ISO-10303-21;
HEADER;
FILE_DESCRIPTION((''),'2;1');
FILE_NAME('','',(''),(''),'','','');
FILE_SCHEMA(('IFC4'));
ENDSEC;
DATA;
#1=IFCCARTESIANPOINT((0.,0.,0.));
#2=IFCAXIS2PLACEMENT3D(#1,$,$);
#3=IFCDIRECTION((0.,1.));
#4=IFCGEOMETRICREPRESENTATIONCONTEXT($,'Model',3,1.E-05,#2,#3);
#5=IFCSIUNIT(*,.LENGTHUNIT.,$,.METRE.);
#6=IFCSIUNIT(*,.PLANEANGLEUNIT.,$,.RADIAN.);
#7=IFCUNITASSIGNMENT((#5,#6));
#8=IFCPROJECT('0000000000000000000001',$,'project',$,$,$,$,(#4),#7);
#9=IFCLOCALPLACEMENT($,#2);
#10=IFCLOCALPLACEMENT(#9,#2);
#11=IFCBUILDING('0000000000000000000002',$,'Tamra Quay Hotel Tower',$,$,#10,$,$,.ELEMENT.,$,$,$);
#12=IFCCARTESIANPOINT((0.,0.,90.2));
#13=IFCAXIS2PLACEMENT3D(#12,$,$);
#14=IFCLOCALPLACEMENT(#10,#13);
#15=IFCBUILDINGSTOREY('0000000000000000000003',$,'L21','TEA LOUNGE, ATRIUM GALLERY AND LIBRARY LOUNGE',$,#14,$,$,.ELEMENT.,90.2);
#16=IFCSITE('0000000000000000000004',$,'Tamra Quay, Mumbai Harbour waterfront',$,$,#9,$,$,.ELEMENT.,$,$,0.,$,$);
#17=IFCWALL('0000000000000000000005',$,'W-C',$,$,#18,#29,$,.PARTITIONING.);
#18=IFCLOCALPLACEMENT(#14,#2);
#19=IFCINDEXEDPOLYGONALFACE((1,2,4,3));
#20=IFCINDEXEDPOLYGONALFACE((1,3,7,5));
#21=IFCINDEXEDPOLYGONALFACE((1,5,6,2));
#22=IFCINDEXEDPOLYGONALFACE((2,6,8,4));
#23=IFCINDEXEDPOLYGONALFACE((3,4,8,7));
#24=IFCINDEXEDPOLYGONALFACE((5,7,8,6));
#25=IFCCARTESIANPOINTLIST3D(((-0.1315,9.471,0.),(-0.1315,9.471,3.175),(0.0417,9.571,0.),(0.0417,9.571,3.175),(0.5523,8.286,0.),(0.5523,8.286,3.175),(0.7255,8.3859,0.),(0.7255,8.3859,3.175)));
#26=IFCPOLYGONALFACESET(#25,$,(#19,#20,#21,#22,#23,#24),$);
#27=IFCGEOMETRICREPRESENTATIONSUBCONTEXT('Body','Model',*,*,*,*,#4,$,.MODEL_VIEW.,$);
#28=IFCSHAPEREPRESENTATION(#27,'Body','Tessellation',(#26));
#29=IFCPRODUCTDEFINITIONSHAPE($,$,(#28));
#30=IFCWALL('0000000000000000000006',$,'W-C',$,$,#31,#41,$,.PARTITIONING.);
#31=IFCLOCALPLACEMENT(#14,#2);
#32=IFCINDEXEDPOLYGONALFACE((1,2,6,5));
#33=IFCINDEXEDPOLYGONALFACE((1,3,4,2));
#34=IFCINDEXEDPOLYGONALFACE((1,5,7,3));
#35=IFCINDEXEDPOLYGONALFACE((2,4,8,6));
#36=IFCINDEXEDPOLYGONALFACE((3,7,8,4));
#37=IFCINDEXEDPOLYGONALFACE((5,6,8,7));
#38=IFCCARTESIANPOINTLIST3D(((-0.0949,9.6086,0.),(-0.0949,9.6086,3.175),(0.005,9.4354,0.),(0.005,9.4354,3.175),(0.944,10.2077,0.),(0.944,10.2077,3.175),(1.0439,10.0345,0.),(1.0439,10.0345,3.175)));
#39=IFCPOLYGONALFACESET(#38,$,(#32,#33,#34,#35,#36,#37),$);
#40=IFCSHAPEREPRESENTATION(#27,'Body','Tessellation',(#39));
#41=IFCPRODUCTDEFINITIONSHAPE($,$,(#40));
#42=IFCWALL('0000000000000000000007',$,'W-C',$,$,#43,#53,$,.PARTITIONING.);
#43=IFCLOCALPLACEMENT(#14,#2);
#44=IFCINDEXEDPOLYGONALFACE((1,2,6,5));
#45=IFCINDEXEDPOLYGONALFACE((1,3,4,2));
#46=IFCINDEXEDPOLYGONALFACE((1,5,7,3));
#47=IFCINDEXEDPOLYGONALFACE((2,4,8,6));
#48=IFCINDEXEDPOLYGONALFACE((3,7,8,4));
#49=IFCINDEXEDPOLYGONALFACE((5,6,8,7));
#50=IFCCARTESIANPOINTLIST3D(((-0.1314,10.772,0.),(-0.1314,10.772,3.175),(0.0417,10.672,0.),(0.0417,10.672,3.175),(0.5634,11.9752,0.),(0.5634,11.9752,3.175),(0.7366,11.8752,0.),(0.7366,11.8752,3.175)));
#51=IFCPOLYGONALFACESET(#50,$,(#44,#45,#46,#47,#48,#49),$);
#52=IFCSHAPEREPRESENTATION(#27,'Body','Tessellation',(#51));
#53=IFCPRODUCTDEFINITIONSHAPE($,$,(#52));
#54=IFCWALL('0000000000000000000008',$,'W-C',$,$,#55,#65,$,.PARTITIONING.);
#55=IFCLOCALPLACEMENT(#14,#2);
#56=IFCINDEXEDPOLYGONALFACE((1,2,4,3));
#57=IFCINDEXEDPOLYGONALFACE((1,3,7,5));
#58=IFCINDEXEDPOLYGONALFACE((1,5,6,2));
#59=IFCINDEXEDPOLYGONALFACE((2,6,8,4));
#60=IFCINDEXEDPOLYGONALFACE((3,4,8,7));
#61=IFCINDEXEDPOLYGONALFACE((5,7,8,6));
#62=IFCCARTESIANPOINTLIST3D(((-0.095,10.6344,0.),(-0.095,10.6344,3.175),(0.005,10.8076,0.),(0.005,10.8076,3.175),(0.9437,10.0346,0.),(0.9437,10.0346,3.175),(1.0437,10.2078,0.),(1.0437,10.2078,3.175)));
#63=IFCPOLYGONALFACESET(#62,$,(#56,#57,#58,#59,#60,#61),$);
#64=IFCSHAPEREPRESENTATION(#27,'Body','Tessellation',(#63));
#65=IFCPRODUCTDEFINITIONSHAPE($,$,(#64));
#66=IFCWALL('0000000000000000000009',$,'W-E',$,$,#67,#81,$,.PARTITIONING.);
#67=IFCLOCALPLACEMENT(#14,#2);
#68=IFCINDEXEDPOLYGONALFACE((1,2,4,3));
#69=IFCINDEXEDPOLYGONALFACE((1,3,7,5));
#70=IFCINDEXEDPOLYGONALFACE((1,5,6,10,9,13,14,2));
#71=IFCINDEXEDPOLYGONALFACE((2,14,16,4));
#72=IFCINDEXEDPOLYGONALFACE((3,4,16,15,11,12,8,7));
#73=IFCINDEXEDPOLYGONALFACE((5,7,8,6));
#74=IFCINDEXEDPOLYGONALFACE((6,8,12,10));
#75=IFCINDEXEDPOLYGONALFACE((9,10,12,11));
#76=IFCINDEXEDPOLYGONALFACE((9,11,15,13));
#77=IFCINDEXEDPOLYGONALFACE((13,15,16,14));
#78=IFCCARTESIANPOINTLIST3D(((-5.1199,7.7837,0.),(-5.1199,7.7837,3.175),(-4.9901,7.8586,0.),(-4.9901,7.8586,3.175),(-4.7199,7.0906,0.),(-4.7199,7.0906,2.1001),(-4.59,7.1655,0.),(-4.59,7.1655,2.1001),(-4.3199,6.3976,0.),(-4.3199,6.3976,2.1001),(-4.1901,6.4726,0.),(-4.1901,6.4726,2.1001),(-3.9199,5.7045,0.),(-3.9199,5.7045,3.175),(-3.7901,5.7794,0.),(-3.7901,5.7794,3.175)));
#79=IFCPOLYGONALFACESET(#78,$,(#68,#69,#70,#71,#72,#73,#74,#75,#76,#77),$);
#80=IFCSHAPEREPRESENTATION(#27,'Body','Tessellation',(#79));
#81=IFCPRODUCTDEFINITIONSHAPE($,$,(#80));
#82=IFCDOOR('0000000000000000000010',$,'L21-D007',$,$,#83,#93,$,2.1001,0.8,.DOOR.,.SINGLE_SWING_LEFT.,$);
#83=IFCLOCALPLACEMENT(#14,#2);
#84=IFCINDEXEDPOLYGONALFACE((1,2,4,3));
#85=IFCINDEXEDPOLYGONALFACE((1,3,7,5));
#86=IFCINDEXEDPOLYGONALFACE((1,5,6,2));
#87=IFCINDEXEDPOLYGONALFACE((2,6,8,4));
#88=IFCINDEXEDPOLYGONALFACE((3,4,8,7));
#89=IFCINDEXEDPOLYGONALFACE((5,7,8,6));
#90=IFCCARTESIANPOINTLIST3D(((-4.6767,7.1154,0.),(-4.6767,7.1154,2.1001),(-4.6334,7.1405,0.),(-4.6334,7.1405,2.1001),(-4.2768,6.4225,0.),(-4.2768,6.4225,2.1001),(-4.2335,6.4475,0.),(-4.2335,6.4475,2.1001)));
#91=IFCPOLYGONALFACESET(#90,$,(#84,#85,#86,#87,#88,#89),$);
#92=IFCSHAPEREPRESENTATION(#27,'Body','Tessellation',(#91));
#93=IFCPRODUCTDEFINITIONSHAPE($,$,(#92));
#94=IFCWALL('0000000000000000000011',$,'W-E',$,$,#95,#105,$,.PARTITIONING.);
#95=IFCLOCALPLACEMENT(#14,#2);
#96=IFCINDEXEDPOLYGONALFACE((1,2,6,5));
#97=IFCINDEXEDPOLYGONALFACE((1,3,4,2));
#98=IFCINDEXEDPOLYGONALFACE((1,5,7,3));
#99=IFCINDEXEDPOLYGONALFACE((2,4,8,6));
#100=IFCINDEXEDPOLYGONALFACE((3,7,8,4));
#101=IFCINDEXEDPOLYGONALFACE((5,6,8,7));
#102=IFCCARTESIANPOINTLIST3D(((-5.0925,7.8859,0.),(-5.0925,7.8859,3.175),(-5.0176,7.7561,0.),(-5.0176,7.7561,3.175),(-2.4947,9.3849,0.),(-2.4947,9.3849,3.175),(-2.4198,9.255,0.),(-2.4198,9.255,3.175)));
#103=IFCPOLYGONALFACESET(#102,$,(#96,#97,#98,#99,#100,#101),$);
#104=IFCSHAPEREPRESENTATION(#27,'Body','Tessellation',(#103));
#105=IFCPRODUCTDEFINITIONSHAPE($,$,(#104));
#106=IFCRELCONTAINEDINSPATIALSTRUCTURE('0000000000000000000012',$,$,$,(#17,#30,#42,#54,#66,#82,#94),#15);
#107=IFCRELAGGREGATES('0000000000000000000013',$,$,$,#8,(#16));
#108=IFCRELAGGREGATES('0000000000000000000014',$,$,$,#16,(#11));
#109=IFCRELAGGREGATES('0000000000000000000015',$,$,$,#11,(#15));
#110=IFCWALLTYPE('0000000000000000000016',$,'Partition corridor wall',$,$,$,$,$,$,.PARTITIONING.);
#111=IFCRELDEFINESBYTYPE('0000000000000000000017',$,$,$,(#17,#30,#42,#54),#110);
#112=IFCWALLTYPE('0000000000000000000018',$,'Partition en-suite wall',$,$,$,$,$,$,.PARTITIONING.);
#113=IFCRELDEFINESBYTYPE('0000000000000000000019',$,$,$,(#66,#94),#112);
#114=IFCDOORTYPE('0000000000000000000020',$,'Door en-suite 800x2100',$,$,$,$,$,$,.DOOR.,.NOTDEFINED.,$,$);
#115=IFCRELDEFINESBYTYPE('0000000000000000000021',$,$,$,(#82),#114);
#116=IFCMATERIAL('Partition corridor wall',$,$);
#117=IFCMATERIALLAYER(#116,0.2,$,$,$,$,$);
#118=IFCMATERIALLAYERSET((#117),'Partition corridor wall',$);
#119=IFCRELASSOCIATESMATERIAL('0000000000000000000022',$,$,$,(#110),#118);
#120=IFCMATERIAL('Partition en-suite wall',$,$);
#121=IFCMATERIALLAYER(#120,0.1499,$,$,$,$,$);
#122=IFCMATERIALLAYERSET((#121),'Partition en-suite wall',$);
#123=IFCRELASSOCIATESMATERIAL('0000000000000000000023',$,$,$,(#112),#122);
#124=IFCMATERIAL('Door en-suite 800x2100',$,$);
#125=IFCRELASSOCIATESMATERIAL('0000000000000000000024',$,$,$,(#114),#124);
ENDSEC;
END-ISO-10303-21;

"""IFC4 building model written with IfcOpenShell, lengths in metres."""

from ifc_helpers import new_model, si_unit, direction, frame, frame_2d, origin, place, context, subcontext, project, spatial, rectangle, extrude, material, layer, layer_set, type_object, element, fill, save


model = new_model("IFC4")

# Units and contexts
model_context = context("Model", 3, precision=1e-05, world=origin(), true_north=direction((0.0, 1.0)))
body_context = subcontext(model_context, "Body", "Model", "MODEL_VIEW")
ifc_project = project(units=[si_unit("LENGTHUNIT", "METRE"), si_unit("PLANEANGLEUNIT", "RADIAN")], contexts=[model_context])

# Site, building, storey
site_placement = place(None, origin())
site = spatial("IfcSite", under=ifc_project, at=site_placement, Name="Tamra Quay, Mumbai Harbour waterfront", CompositionType="ELEMENT", RefElevation=0.0)
building_placement = place(site_placement, origin())
building = spatial("IfcBuilding", under=site, at=building_placement, Name="Tamra Quay Hotel Tower", CompositionType="ELEMENT")
storey_placement = place(building_placement, frame((0.0, 0.0, 90.2)))
storey = spatial("IfcBuildingStorey", under=building, at=storey_placement, Name="L21", Description="TEA LOUNGE, ATRIUM GALLERY AND LIBRARY LOUNGE", CompositionType="ELEMENT", Elevation=90.2)

# Shared definitions
ifc_material_1 = material(Name="Partition corridor wall")
ifc_layer_1 = layer(ifc_material_1, 0.2)
ifc_layer_set_1 = layer_set([ifc_layer_1], Name="Partition corridor wall")
wall_type_1 = type_object("IfcWallType", Name="Partition corridor wall", PredefinedType="PARTITIONING", material=ifc_layer_set_1)

# Walls
wall_1_placement = place(storey_placement, frame((-0.0449, 9.521, 0.0), z_axis=(0.0, 0.0, 1.0), x_axis=(0.499805, -0.866138, 0.0)))
element("IfcWall", 1, at=wall_1_placement, inside=storey, type_object=wall_type_1, Name="W-C", PredefinedType="PARTITIONING", context=body_context, shape_type="SweptSolid", body=[
    extrude(rectangle(XDim=1.3682, YDim=0.2, at=frame_2d((0.6841, 0.0))), origin(), (0.0, 0.0, 1.0), 3.175),
])
wall_2_placement = place(storey_placement, frame((-0.0449, 9.522, 0.0), z_axis=(0.0, 0.0, 1.0), x_axis=(0.866257, 0.499599, 0.0)))
element("IfcWall", 2, at=wall_2_placement, inside=storey, type_object=wall_type_1, Name="W-C", PredefinedType="PARTITIONING", context=body_context, shape_type="SweptSolid", body=[
    extrude(rectangle(XDim=1.1992, YDim=0.2, at=frame_2d((0.5996, 0.0))), origin(), (0.0, 0.0, 1.0), 3.175),
])
wall_3_placement = place(storey_placement, frame((-0.0449, 10.7219, 0.0), z_axis=(0.0, 0.0, 1.0), x_axis=(0.500108, 0.865963, 0.0)))
element("IfcWall", 3, at=wall_3_placement, inside=storey, type_object=wall_type_1, Name="W-C", PredefinedType="PARTITIONING", context=body_context, shape_type="SweptSolid", body=[
    extrude(rectangle(XDim=1.3894, YDim=0.2, at=frame_2d((0.6948, 0.0))), origin(), (0.0, 0.0, 1.0), 3.175),
])
wall_4_placement = place(storey_placement, frame((-0.0449, 10.7209, 0.0), z_axis=(0.0, 0.0, 1.0), x_axis=(0.865992, -0.500057, 0.0)))
element("IfcWall", 4, at=wall_4_placement, inside=storey, type_object=wall_type_1, Name="W-C", PredefinedType="PARTITIONING", context=body_context, shape_type="SweptSolid", body=[
    extrude(rectangle(XDim=1.1995, YDim=0.2, at=frame_2d((0.5996, 0.0))), origin(), (0.0, 0.0, 1.0), 3.175),
])

# Wall, opening, door
ifc_material_2 = material(Name="Partition en-suite wall")
ifc_layer_2 = layer(ifc_material_2, 0.1499)
ifc_layer_set_2 = layer_set([ifc_layer_2], Name="Partition en-suite wall")
wall_type_2 = type_object("IfcWallType", Name="Partition en-suite wall", PredefinedType="PARTITIONING", material=ifc_layer_set_2)
wall_5_placement = place(storey_placement, frame((-5.0549, 7.821, 0.0), z_axis=(0.0, 0.0, 1.0), x_axis=(0.499869, -0.866101, 0.0)))
wall_5 = element("IfcWall", 5, at=wall_5_placement, inside=storey, type_object=wall_type_2, Name="W-E", PredefinedType="PARTITIONING", context=body_context, shape_type="SweptSolid", body=[
    extrude(rectangle(XDim=2.4006, YDim=0.1499, at=frame_2d((1.2002, 0.0))), origin(), (0.0, 0.0, 1.0), 3.175),
])
opening_1_placement = place(wall_5_placement, frame((0.8003, 0.0, 0.0)))
opening_1 = element("IfcOpeningElement", 6, at=opening_1_placement, cuts=wall_5, PredefinedType="OPENING", context=body_context, shape_type="SweptSolid", body=[
    extrude(rectangle(XDim=0.8, YDim=2.1001, at=frame_2d((0.3999, 1.05))), frame((0.0, 0.085, 0.0), z_axis=(0.0, -1.0, 0.0), x_axis=(1.0, 0.0, 0.0)), (0.0, 0.0, 1.0), 0.1699),
])
ifc_material_3 = material(Name="Door en-suite 800x2100")
door_type_1 = type_object("IfcDoorType", Name="Door en-suite 800x2100", OperationType="NOTDEFINED", PredefinedType="DOOR", material=ifc_material_3)
door_1_placement = place(opening_1_placement, origin())
door_1 = element("IfcDoor", 7, at=door_1_placement, inside=storey, type_object=door_type_1, Name="L21-D007", OperationType="SINGLE_SWING_LEFT", OverallHeight=2.1001, OverallWidth=0.8, PredefinedType="DOOR", context=body_context, shape_type="SweptSolid", body=[
    extrude(rectangle(XDim=0.8, YDim=2.1001, at=frame_2d((0.3999, 1.05))), frame((0.0, 0.0249, 0.0), z_axis=(0.0, -1.0, 0.0), x_axis=(1.0, 0.0, 0.0)), (0.0, 0.0, 1.0), 0.05),
])
fill(opening_1, door_1)

# Wall
wall_6_placement = place(storey_placement, frame((-5.0549, 7.821, 0.0), z_axis=(0.0, 0.0, 1.0), x_axis=(0.866152, 0.499781, 0.0)))
element("IfcWall", 8, at=wall_6_placement, inside=storey, type_object=wall_type_2, Name="W-E", PredefinedType="PARTITIONING", context=body_context, shape_type="SweptSolid", body=[
    extrude(rectangle(XDim=2.9993, YDim=0.1499, at=frame_2d((1.4995, 0.0))), origin(), (0.0, 0.0, 1.0), 3.175),
])

save(model, "model.ifc")
